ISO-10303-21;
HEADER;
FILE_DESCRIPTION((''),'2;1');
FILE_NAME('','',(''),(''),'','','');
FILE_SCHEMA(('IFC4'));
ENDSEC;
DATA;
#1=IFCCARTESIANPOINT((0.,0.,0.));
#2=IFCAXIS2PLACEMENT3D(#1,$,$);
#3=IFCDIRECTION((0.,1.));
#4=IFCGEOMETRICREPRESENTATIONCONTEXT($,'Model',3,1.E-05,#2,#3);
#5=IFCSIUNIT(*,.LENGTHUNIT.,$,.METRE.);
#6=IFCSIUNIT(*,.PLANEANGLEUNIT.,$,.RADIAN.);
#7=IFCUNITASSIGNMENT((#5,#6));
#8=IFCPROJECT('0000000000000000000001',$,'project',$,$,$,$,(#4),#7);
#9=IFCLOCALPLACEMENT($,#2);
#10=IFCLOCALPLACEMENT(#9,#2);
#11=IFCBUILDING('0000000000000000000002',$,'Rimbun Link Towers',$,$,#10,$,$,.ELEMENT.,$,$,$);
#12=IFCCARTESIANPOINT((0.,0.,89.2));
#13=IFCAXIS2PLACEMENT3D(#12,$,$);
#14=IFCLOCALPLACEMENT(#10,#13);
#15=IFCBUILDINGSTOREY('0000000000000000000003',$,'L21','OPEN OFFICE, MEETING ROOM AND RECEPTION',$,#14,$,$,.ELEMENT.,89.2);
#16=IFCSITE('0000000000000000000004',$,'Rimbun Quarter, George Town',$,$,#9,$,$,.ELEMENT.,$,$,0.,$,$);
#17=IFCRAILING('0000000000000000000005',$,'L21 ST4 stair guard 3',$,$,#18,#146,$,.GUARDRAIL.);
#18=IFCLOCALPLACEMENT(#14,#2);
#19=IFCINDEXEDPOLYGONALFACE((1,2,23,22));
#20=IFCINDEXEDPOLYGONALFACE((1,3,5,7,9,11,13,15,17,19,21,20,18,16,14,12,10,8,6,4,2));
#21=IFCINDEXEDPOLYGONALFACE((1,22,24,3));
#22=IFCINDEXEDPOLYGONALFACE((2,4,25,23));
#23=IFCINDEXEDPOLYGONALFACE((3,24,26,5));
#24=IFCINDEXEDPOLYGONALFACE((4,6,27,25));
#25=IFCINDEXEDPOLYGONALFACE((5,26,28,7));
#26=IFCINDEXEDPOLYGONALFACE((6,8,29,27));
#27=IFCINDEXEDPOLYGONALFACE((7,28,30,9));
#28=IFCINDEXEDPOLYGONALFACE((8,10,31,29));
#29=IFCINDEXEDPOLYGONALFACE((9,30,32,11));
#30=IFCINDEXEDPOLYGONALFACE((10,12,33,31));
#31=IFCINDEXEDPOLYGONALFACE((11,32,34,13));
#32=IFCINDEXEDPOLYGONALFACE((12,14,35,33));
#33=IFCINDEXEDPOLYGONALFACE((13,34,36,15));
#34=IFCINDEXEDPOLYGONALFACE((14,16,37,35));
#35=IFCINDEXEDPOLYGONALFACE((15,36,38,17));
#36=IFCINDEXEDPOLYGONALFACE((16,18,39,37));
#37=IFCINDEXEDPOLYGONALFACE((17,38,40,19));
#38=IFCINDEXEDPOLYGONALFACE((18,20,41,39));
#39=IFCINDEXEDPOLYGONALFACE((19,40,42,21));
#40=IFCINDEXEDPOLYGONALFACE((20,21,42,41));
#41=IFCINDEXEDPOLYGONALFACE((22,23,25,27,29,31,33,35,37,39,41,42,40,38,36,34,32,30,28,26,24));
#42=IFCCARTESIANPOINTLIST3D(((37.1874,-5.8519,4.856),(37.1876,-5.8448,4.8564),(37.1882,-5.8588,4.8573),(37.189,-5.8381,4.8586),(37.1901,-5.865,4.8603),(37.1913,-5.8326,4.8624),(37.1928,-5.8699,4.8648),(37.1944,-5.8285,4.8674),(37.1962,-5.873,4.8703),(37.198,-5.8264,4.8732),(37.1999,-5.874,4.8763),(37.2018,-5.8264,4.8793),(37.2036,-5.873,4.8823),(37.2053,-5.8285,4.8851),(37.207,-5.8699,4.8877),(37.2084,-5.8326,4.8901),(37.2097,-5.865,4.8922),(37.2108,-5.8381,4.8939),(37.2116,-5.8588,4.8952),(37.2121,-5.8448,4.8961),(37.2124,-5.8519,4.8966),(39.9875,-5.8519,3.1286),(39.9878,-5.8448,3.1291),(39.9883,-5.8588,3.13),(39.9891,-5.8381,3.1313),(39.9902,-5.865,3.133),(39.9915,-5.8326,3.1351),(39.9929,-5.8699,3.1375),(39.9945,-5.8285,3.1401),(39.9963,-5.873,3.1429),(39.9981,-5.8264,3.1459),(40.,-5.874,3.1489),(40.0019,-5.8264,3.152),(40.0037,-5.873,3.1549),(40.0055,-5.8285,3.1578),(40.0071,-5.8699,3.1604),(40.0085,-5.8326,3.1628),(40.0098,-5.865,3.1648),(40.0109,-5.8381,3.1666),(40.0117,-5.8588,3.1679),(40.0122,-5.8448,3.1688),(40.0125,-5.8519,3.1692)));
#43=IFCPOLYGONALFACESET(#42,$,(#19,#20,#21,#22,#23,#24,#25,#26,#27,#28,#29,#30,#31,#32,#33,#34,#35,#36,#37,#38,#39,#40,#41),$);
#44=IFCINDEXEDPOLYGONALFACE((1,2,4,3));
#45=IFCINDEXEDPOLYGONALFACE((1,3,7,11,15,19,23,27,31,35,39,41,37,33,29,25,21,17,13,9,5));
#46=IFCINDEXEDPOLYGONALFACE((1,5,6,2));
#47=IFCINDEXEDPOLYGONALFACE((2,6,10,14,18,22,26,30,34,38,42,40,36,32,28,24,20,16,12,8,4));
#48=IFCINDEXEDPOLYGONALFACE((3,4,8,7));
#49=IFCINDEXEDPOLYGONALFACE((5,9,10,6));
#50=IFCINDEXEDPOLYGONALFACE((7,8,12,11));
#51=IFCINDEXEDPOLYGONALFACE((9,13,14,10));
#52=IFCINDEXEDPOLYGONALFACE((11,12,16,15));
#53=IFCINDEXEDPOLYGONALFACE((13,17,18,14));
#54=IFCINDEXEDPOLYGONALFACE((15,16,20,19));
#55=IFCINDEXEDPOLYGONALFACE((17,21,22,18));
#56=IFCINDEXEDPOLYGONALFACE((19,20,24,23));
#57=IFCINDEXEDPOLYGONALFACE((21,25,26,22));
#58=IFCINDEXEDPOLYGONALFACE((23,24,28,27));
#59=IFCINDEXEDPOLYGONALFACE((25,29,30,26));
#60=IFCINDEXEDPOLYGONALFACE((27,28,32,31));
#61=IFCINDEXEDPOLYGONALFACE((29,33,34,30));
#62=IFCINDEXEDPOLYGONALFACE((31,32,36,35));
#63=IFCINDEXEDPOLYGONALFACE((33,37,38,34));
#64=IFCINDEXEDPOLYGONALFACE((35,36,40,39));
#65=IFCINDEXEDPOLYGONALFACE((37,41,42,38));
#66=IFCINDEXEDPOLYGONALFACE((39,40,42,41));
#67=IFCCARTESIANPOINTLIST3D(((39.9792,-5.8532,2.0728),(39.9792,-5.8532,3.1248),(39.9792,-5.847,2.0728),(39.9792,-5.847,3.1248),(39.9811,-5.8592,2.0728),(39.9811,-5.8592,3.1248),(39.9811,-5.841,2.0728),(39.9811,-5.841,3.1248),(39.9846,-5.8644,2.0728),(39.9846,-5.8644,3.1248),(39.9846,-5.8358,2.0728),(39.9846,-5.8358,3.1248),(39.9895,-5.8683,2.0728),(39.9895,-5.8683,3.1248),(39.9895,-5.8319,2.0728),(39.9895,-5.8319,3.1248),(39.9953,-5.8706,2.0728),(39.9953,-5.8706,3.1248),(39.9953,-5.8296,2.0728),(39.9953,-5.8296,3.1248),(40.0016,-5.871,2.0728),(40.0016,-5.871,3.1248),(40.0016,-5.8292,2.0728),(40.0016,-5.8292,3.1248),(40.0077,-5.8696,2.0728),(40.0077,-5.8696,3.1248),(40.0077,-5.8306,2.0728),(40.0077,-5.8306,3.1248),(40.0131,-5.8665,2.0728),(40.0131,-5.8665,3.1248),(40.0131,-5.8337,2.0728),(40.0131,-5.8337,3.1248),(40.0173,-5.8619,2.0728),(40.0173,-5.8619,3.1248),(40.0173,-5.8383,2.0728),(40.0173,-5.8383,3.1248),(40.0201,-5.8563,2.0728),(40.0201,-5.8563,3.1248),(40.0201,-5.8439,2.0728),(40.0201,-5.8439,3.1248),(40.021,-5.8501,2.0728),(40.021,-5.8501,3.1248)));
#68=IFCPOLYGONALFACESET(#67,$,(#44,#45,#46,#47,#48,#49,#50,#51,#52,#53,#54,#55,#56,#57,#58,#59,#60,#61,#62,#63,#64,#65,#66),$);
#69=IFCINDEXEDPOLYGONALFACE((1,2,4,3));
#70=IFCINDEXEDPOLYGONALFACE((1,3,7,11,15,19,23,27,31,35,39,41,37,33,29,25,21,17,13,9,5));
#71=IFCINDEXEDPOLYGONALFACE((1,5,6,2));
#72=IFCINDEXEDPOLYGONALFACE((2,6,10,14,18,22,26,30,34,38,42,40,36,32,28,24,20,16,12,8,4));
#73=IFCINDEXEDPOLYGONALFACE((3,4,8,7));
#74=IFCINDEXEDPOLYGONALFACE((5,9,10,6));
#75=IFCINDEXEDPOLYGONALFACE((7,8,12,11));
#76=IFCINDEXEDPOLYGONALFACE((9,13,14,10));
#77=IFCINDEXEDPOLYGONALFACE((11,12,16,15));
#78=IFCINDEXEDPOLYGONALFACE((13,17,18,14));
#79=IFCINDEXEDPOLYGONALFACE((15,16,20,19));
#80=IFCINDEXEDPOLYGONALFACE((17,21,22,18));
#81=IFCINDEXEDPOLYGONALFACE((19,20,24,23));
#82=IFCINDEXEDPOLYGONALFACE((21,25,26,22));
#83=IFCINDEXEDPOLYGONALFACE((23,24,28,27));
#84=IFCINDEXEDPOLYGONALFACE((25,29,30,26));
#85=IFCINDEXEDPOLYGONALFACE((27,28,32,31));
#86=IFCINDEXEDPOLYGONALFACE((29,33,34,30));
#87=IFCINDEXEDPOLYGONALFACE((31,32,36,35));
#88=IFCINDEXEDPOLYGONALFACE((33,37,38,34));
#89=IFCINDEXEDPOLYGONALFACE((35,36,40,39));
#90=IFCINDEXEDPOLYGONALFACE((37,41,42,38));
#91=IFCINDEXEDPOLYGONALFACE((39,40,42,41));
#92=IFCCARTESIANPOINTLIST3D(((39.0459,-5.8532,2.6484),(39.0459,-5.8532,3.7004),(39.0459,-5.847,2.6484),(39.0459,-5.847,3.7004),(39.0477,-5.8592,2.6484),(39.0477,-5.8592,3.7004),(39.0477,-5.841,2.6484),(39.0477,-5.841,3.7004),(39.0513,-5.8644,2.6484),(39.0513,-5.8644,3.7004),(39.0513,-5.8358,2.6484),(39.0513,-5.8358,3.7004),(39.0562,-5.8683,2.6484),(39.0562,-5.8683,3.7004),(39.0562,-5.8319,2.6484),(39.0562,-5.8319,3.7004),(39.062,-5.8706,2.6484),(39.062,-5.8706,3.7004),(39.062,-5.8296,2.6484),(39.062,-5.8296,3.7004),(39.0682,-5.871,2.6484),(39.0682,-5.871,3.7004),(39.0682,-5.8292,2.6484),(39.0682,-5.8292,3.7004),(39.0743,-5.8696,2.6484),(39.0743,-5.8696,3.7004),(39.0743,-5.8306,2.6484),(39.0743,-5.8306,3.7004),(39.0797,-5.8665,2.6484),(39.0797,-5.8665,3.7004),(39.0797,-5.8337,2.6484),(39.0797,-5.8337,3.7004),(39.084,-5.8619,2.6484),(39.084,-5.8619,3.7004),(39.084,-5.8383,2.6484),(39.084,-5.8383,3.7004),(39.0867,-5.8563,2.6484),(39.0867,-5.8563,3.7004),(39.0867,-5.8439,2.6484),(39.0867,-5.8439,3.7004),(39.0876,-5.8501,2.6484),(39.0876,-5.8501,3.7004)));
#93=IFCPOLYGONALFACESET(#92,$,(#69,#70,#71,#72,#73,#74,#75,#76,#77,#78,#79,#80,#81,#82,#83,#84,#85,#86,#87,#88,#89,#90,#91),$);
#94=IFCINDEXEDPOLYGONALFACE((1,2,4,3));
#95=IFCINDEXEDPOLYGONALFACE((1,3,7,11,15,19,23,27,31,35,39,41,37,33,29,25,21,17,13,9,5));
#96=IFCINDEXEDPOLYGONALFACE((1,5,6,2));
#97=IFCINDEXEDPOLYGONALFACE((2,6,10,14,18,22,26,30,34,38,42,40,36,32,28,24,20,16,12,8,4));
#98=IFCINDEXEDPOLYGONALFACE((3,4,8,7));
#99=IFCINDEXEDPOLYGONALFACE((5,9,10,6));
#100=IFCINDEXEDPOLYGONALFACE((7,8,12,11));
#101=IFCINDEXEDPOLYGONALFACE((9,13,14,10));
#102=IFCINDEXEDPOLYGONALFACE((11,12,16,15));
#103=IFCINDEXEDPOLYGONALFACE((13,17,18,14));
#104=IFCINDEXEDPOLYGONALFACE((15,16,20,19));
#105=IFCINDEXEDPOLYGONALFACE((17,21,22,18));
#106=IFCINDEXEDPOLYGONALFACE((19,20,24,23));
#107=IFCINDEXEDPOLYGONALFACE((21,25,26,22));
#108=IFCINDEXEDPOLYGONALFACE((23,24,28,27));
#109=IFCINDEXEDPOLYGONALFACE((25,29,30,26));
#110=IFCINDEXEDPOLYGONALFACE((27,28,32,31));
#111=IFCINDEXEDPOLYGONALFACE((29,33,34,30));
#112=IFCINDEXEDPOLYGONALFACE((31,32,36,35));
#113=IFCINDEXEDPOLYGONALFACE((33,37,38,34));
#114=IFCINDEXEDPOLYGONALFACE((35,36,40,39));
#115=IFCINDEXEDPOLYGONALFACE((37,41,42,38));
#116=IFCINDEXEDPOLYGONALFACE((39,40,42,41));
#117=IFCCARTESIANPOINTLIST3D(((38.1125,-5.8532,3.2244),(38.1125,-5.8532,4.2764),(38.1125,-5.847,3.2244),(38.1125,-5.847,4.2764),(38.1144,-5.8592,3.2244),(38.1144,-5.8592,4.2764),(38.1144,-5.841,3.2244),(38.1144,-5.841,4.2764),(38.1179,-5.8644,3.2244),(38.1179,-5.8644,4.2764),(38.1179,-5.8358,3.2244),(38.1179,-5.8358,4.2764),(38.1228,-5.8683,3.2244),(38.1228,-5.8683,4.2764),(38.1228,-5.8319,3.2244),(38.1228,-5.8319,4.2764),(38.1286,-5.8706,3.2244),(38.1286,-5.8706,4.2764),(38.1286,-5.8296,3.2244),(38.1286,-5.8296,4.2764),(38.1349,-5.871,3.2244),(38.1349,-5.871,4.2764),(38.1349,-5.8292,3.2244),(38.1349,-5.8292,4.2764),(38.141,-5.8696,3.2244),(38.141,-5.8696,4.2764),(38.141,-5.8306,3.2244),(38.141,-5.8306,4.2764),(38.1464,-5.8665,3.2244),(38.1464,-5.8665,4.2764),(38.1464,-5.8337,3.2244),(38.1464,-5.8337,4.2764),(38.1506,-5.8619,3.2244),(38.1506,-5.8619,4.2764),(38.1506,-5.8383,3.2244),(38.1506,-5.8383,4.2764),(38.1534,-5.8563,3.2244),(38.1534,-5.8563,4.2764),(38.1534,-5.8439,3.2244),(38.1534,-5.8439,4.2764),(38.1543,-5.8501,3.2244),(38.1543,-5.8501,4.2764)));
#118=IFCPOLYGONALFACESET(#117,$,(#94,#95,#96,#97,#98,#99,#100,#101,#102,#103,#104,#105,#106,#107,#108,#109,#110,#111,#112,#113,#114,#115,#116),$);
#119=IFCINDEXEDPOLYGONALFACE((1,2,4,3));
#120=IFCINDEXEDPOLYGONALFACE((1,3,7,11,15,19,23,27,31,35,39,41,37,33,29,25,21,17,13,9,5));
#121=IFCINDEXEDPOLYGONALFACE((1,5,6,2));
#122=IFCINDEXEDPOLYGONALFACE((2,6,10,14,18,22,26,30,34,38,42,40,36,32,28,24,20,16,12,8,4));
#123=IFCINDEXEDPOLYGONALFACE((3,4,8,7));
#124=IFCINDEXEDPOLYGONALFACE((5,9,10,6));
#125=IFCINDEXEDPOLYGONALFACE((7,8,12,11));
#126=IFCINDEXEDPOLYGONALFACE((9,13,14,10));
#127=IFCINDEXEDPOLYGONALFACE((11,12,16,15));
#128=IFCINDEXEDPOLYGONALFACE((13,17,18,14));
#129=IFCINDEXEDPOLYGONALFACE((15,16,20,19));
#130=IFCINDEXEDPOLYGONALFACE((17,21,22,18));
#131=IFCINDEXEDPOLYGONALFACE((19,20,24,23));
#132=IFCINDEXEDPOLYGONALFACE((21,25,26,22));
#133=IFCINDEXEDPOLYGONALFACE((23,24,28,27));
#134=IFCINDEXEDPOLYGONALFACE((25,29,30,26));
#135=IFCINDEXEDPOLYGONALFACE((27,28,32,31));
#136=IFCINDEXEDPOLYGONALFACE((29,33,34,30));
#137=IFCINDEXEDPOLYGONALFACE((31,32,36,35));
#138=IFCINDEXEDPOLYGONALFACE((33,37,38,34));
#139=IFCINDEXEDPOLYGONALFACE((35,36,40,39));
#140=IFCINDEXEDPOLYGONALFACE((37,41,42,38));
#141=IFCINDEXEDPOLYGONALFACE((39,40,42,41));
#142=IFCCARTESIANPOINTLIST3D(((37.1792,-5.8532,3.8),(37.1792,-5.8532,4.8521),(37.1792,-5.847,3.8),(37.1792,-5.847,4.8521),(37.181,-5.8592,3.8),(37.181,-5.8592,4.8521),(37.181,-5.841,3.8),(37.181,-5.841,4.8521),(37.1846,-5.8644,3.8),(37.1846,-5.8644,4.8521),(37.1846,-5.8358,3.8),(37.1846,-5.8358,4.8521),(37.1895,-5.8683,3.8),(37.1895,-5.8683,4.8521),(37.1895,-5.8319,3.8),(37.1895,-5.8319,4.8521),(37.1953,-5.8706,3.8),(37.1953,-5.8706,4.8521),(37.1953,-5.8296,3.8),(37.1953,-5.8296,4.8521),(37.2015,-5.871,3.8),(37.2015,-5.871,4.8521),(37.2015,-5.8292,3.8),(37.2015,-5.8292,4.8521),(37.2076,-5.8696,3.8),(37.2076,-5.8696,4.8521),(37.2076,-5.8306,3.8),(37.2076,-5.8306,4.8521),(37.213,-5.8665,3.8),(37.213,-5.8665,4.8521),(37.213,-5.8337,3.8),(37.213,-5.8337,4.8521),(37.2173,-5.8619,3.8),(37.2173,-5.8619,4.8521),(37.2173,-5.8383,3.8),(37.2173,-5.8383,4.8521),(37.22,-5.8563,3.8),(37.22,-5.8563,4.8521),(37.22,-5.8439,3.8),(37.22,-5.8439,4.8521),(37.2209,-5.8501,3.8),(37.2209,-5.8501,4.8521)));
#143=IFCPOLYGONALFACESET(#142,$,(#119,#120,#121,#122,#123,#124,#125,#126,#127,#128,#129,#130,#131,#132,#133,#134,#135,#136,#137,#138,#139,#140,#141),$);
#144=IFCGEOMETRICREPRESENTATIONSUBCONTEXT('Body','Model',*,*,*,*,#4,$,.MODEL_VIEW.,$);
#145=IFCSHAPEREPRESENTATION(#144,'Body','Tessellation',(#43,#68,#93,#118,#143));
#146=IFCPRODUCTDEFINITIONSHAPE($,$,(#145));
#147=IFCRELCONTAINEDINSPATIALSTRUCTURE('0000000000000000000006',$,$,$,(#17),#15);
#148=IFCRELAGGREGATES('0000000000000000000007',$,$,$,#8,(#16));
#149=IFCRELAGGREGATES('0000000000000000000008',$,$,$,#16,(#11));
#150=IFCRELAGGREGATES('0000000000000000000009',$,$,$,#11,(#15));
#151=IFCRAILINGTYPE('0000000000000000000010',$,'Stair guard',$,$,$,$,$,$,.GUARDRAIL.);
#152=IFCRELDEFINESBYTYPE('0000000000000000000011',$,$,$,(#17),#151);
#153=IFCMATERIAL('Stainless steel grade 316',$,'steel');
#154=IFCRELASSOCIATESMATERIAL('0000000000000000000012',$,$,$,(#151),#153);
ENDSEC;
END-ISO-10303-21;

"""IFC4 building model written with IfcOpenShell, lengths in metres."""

from ifc_helpers import new_model, si_unit, direction, frame, origin, origin_2d, place, context, subcontext, project, spatial, circle, extrude, material, type_object, element, save


model = new_model("IFC4")

# Units and contexts
model_context = context("Model", 3, precision=1e-05, world=origin(), true_north=direction((0.0, 1.0)))
body_context = subcontext(model_context, "Body", "Model", "MODEL_VIEW")
ifc_project = project(units=[si_unit("LENGTHUNIT", "METRE"), si_unit("PLANEANGLEUNIT", "RADIAN")], contexts=[model_context])

# Site, building, storey
site_placement = place(None, origin())
site = spatial("IfcSite", under=ifc_project, at=site_placement, Name="Rimbun Quarter, George Town", CompositionType="ELEMENT", RefElevation=0.0)
building_placement = place(site_placement, origin())
building = spatial("IfcBuilding", under=site, at=building_placement, Name="Rimbun Link Towers", CompositionType="ELEMENT")
storey_placement = place(building_placement, frame((0.0, 0.0, 89.2)))
storey = spatial("IfcBuildingStorey", under=building, at=storey_placement, Name="L21", Description="OPEN OFFICE, MEETING ROOM AND RECEPTION", CompositionType="ELEMENT", Elevation=89.2)

# Railing
ifc_material_1 = material(Name="Stainless steel grade 316", Category="steel")
railing_type_1 = type_object("IfcRailingType", Name="Stair guard", PredefinedType="GUARDRAIL", material=ifc_material_1)
railing_1_placement = place(storey_placement, frame((40.0, -5.8501, 2.0728)))
element("IfcRailing", 1, at=railing_1_placement, inside=storey, type_object=railing_type_1, Name="L21 ST4 stair guard 3", PredefinedType="GUARDRAIL", context=body_context, shape_type="SweptSolid", body=[
    extrude(circle(Radius=0.0239, at=origin_2d()), frame((0.0, 0.0, 1.0762), z_axis=(-0.85109, 0.0, 0.52502), x_axis=(0.0, -1.0, 0.0)), (0.0, 0.0, 1.0), 3.29),
    extrude(circle(Radius=0.021, at=origin_2d()), origin(), (0.0, 0.0, 1.0), 1.052),
    extrude(circle(Radius=0.021, at=origin_2d()), frame((-0.9333, 0.0, 0.5757)), (0.0, 0.0, 1.0), 1.052),
    extrude(circle(Radius=0.021, at=origin_2d()), frame((-1.8667, 0.0, 1.1516)), (0.0, 0.0, 1.0), 1.052),
    extrude(circle(Radius=0.021, at=origin_2d()), frame((-2.8, 0.0, 1.7273)), (0.0, 0.0, 1.0), 1.052),
])

save(model, "model.ifc")
